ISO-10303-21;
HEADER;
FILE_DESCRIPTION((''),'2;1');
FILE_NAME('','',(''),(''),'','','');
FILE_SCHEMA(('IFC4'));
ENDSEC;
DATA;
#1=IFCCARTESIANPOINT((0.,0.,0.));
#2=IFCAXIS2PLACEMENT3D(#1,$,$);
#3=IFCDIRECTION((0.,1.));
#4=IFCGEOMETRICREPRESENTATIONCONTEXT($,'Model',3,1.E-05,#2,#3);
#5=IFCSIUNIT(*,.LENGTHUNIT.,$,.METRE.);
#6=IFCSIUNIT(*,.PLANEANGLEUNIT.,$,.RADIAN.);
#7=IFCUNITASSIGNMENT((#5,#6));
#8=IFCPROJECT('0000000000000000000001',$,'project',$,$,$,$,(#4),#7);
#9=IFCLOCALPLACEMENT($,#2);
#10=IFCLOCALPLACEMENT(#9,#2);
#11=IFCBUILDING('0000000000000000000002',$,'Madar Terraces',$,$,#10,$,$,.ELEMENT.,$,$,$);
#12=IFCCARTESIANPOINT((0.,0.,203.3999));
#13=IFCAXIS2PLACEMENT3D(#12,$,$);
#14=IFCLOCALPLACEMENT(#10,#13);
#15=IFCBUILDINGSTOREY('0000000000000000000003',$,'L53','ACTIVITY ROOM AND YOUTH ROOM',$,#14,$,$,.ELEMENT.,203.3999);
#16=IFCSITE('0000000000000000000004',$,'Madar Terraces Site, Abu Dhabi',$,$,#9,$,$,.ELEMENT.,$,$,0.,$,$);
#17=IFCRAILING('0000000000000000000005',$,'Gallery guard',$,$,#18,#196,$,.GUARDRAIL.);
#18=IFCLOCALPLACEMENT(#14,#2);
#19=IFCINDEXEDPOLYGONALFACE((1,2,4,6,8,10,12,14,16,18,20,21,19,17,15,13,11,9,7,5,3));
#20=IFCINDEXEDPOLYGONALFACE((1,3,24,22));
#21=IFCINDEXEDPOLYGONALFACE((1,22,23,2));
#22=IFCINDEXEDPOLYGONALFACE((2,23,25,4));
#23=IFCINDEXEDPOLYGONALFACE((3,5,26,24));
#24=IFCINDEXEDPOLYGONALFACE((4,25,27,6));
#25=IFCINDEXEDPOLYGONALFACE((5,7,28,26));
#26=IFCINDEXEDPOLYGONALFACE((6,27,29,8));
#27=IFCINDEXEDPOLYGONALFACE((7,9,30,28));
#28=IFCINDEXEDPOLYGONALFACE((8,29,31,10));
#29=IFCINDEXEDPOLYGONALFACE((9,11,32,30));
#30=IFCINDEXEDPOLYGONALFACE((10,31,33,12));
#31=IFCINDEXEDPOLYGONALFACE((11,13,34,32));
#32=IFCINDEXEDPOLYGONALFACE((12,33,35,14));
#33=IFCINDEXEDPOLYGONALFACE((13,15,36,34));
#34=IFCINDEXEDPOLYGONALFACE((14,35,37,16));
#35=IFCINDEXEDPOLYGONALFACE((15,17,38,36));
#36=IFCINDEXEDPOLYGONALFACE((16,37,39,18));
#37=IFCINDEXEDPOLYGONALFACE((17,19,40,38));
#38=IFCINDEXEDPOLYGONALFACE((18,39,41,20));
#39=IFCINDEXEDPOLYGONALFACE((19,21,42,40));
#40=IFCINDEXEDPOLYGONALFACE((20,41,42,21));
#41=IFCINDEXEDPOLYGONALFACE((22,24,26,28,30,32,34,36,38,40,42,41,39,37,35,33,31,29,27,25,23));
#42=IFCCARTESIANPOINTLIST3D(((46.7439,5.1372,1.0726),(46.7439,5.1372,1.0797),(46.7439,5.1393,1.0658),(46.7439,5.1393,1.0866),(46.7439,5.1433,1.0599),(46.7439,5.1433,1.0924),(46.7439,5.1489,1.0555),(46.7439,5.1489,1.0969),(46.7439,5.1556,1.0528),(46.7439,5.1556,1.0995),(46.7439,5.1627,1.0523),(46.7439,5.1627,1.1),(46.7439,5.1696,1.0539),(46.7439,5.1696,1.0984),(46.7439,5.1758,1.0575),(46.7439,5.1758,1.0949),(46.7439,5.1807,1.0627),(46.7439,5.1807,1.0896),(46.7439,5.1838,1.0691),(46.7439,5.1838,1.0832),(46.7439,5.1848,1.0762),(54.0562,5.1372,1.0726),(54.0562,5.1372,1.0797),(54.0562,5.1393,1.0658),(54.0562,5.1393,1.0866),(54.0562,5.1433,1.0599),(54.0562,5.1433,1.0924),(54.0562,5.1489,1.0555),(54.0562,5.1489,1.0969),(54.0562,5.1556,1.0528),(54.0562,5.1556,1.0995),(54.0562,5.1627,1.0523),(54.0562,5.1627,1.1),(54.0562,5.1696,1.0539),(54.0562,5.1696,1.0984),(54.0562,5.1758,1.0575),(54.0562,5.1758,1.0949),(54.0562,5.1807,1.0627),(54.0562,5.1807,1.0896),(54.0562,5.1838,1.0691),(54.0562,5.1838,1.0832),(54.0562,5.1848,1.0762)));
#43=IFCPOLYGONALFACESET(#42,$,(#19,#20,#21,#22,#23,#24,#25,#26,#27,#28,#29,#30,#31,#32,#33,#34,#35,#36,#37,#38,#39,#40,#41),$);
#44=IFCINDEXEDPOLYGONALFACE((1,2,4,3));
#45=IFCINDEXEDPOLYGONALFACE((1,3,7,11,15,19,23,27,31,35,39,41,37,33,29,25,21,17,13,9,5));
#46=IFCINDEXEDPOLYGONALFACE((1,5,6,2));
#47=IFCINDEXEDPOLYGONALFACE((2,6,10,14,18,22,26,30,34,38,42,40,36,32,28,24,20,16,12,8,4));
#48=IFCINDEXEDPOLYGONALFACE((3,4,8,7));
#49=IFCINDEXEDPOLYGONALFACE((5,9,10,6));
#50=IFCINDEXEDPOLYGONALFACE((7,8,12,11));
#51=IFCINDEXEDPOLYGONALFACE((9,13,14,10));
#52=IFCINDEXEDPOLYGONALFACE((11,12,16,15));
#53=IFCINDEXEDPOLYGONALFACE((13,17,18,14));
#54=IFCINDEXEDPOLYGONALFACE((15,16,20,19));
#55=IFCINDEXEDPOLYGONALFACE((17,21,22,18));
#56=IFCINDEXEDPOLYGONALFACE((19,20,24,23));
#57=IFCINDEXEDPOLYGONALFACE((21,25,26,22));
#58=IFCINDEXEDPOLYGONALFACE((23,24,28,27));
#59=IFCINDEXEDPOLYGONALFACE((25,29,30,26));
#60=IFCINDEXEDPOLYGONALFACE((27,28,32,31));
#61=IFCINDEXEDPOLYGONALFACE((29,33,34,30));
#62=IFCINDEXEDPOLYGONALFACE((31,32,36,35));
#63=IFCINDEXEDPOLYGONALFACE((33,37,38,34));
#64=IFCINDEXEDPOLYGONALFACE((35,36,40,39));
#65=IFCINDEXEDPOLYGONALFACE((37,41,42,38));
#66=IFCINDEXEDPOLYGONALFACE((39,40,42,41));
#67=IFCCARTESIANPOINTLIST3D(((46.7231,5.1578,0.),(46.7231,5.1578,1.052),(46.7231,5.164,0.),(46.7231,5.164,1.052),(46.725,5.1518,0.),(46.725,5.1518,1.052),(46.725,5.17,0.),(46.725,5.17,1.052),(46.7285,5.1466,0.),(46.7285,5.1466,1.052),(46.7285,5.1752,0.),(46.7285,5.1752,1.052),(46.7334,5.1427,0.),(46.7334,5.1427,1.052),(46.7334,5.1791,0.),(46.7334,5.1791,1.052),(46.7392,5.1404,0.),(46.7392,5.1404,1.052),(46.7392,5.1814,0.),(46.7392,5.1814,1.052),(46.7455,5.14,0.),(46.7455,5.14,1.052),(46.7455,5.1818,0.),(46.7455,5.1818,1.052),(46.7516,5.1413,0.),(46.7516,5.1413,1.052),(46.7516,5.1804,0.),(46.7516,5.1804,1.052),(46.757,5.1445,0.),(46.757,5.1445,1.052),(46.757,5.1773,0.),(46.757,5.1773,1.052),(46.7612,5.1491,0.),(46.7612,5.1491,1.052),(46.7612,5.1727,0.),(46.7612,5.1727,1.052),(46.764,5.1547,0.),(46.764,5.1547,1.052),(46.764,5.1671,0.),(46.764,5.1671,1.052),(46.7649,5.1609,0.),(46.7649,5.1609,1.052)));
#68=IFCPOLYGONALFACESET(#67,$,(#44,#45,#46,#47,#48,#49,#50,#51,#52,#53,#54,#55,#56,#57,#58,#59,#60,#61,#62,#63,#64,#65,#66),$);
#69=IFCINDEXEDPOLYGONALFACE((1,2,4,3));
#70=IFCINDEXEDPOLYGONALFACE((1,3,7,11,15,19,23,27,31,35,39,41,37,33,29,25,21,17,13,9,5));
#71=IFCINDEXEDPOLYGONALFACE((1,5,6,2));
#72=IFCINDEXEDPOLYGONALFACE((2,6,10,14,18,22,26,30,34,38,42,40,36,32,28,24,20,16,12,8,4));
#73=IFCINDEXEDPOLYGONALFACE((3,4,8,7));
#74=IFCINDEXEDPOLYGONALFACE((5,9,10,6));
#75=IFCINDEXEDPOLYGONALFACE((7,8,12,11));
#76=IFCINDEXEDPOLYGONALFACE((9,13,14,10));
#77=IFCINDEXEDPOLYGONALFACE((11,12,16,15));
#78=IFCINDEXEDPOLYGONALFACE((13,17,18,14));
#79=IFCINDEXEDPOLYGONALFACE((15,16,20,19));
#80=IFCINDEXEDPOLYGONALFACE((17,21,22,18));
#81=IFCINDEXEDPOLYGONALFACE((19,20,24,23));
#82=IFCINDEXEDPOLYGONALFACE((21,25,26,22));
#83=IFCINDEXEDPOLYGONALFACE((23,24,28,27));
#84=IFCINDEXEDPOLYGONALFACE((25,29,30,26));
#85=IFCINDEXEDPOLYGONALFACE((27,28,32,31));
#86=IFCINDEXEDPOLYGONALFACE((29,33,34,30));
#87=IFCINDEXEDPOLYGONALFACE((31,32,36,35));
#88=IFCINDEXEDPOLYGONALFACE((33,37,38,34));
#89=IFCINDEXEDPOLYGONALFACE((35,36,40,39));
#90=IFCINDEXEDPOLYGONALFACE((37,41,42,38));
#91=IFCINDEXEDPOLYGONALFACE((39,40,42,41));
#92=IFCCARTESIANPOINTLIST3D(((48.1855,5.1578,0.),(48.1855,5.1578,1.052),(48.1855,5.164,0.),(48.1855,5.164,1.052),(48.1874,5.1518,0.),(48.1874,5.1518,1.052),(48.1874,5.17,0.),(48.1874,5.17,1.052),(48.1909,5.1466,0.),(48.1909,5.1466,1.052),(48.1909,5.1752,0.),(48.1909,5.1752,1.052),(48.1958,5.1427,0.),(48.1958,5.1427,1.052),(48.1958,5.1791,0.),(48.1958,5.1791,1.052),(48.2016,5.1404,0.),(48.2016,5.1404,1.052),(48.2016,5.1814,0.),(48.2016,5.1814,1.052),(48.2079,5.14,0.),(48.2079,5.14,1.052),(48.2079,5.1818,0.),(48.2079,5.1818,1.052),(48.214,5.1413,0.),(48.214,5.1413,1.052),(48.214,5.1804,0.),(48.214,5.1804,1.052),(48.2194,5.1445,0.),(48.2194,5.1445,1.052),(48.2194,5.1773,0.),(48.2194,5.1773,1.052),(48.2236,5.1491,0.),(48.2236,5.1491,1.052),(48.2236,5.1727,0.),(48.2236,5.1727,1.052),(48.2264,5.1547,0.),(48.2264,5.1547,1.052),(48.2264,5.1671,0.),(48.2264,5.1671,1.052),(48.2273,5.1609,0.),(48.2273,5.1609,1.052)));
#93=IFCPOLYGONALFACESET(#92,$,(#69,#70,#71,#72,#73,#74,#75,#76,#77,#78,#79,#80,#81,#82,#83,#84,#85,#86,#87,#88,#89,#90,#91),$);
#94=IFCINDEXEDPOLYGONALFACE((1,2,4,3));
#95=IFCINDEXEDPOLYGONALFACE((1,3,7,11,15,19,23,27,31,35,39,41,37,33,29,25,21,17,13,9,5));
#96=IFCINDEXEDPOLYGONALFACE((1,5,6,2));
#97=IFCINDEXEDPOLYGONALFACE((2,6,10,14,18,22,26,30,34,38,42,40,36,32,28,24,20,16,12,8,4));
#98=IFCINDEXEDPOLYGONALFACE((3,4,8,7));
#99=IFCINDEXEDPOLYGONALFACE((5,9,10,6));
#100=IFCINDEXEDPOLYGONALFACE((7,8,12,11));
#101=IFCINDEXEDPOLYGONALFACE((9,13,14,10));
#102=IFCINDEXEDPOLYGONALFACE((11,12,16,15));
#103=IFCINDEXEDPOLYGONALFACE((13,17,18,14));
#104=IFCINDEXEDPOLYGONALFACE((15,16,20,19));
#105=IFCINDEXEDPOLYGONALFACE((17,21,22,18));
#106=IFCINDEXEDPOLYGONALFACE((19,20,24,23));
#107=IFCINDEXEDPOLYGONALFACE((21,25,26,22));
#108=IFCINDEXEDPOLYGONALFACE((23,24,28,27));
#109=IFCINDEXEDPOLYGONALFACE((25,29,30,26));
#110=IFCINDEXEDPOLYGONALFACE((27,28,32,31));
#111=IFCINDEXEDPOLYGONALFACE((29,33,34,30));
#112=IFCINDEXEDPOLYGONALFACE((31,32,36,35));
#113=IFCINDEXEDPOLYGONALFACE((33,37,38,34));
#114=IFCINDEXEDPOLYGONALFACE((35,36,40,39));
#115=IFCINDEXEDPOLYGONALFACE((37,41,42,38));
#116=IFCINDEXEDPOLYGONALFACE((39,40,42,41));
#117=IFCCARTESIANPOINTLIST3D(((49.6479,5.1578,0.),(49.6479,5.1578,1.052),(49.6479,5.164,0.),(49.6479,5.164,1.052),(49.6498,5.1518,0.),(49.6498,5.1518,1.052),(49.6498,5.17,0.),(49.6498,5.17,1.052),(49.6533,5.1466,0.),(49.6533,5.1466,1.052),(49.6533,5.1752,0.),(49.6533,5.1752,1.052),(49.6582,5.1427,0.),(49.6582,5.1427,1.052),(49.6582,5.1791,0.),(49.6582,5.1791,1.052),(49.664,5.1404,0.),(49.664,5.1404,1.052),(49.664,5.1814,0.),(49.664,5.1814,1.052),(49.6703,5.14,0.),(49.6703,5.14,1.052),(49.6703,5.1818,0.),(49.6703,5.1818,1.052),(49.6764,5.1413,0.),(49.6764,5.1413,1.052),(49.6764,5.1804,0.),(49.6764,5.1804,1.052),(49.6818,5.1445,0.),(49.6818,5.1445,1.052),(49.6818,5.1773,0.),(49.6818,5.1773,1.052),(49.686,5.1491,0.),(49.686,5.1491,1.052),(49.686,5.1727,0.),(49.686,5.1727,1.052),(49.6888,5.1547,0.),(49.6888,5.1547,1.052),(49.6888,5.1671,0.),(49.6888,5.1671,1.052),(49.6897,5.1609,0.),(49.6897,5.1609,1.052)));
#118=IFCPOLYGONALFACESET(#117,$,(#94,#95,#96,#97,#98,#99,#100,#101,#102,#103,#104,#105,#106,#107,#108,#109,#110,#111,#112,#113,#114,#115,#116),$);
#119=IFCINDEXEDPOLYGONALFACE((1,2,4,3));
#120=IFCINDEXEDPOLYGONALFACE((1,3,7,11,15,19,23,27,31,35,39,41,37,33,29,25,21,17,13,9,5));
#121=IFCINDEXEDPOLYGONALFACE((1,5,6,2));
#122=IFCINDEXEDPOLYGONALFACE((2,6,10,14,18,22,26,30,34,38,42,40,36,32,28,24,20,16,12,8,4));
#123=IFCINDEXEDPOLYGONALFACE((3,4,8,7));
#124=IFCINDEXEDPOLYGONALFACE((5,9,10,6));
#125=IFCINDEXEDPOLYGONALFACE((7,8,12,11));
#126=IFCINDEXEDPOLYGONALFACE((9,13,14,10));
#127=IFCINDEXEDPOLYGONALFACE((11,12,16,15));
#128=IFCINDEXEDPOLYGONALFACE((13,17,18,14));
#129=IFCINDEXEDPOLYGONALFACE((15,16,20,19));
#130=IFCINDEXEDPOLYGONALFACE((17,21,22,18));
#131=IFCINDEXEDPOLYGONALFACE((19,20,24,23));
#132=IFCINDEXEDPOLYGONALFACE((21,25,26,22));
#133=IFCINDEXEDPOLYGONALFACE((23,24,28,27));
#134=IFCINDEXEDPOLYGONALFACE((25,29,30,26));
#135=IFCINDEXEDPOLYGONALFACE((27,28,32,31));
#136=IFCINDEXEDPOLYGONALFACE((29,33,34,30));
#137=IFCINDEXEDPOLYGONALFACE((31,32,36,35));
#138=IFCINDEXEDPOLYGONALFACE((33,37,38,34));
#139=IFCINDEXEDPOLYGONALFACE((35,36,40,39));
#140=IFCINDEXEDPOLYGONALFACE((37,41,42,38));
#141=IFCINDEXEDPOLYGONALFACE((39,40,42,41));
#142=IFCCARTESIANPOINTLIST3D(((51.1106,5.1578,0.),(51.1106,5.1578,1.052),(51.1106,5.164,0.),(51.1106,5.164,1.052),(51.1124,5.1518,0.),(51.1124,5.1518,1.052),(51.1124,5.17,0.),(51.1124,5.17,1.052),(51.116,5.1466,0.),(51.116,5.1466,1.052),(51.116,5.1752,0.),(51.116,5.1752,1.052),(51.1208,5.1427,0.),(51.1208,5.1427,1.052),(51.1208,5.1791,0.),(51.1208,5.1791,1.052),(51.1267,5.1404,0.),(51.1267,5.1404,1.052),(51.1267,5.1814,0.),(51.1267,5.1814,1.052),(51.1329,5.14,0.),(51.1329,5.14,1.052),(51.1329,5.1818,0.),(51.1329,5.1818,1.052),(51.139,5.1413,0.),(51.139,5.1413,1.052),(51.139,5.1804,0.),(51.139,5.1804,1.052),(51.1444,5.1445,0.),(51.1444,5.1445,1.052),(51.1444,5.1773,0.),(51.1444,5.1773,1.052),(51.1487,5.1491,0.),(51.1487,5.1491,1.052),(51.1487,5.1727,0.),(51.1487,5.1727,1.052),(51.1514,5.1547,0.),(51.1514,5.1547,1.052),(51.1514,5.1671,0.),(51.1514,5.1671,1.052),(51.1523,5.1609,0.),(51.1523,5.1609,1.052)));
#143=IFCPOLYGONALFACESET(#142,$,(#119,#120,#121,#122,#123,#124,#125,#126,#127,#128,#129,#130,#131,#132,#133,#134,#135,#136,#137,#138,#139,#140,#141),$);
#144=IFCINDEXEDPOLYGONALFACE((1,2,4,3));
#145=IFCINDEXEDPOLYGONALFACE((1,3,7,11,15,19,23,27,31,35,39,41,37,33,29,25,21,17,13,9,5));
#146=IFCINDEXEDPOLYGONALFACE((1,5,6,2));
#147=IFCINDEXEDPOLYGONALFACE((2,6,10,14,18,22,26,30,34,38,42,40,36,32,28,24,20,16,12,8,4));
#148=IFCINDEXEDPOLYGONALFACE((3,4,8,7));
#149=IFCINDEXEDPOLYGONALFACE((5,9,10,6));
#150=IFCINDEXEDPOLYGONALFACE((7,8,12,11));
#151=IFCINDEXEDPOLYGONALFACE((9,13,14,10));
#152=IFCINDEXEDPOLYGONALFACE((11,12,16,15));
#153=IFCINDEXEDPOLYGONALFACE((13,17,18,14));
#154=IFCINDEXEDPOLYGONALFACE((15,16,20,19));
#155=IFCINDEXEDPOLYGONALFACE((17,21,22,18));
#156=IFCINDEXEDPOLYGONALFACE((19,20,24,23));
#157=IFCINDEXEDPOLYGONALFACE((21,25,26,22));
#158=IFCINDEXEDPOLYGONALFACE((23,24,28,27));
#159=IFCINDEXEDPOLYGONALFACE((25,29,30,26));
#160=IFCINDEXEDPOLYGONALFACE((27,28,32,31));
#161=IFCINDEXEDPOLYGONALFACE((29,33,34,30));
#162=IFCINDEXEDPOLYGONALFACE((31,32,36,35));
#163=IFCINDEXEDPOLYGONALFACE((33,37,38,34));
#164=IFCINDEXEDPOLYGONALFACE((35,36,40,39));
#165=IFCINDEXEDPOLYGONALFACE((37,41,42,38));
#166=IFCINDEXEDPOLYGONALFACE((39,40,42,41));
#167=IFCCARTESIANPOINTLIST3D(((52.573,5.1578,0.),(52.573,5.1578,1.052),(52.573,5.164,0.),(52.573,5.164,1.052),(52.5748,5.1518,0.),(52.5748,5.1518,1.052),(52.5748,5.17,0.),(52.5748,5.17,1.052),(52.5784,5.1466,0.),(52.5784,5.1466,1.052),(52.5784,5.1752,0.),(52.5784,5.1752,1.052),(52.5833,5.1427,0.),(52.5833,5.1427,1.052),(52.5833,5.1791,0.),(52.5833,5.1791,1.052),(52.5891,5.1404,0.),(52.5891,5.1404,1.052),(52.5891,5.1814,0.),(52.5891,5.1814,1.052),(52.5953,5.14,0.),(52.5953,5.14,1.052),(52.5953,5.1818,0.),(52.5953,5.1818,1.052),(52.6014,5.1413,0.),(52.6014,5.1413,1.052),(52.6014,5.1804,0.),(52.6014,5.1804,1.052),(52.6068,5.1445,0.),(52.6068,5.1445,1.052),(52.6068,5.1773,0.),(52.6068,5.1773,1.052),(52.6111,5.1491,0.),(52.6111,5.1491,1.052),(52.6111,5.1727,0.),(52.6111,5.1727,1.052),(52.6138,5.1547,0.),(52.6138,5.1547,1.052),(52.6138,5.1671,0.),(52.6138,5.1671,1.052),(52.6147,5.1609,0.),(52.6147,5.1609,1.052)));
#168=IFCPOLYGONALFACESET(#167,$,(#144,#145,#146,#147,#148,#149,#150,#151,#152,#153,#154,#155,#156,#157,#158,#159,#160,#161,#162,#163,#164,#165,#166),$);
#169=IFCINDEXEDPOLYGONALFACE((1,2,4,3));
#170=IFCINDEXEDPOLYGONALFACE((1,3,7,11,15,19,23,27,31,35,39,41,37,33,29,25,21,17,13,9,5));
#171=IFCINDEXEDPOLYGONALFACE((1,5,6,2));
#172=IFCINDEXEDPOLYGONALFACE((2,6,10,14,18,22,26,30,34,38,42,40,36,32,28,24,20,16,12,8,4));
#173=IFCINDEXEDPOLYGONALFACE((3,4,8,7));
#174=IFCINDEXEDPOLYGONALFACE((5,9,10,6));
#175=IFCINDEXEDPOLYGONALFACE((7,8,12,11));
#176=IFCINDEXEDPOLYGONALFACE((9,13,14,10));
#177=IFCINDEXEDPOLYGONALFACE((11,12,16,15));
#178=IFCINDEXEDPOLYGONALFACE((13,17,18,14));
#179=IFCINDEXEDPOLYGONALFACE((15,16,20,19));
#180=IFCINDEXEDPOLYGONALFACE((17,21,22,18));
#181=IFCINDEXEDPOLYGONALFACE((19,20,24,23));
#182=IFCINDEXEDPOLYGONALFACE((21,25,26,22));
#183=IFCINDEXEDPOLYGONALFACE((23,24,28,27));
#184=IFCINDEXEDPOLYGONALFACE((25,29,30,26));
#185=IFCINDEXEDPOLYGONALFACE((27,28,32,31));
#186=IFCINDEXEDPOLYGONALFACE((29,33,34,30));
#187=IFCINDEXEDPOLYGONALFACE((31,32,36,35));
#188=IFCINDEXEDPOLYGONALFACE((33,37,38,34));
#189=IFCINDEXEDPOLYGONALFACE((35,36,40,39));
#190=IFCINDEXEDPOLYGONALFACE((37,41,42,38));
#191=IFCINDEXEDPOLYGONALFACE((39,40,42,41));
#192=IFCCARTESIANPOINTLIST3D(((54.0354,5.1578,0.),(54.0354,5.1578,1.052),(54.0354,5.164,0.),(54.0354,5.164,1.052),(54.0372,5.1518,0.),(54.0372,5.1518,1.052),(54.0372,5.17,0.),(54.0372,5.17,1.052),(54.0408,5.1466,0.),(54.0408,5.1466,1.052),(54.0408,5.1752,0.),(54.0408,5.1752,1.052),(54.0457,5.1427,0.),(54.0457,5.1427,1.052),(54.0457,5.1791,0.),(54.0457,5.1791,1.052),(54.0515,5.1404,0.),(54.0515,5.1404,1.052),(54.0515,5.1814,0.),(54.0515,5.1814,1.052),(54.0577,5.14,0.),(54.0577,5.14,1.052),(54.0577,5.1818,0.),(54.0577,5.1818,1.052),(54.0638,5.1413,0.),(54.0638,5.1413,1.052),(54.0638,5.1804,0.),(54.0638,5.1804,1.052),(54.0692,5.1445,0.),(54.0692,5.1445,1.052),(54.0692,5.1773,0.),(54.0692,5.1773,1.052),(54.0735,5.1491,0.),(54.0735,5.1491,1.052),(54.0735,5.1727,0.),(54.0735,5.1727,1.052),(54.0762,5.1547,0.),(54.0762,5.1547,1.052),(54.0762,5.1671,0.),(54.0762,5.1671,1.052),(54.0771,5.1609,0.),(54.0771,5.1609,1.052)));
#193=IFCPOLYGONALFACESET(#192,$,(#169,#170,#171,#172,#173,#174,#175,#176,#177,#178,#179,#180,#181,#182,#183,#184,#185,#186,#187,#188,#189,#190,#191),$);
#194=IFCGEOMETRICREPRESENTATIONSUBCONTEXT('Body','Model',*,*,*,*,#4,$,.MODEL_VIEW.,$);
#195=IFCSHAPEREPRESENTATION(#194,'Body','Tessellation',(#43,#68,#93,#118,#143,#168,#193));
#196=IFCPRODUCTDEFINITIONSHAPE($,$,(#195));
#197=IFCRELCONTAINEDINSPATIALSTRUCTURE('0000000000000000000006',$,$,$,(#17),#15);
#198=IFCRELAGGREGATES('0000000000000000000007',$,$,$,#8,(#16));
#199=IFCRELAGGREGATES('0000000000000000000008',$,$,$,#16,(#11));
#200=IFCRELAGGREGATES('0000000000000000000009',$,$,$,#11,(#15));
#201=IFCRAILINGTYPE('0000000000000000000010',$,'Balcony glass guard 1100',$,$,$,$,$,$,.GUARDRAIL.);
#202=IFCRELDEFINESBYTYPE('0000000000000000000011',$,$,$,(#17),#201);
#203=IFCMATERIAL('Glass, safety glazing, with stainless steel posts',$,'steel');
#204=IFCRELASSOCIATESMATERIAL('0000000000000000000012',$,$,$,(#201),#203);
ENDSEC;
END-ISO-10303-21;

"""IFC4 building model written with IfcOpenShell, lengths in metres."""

from ifc_helpers import new_model, si_unit, direction, frame, origin, origin_2d, place, context, subcontext, project, spatial, circle, extrude, material, type_object, element, save


model = new_model("IFC4")

# Units and contexts
model_context = context("Model", 3, precision=1e-05, world=origin(), true_north=direction((0.0, 1.0)))
body_context = subcontext(model_context, "Body", "Model", "MODEL_VIEW")
ifc_project = project(units=[si_unit("LENGTHUNIT", "METRE"), si_unit("PLANEANGLEUNIT", "RADIAN")], contexts=[model_context])

# Site, building, storey
site_placement = place(None, origin())
site = spatial("IfcSite", under=ifc_project, at=site_placement, Name="Madar Terraces Site, Abu Dhabi", CompositionType="ELEMENT", RefElevation=0.0)
building_placement = place(site_placement, origin())
building = spatial("IfcBuilding", under=site, at=building_placement, Name="Madar Terraces", CompositionType="ELEMENT")
storey_placement = place(building_placement, frame((0.0, 0.0, 203.3999)))
storey = spatial("IfcBuildingStorey", under=building, at=storey_placement, Name="L53", Description="ACTIVITY ROOM AND YOUTH ROOM", CompositionType="ELEMENT", Elevation=203.3999)

# Railing
ifc_material_1 = material(Name="Glass, safety glazing, with stainless steel posts", Category="steel")
railing_type = type_object("IfcRailingType", Name="Balcony glass guard 1100", PredefinedType="GUARDRAIL", material=ifc_material_1)
railing_1_placement = place(storey_placement, frame((46.7439, 5.1609, 0.0)))
element("IfcRailing", 1, at=railing_1_placement, inside=storey, type_object=railing_type, Name="Gallery guard", PredefinedType="GUARDRAIL", context=body_context, shape_type="SweptSolid", body=[
    extrude(circle(Radius=0.0239, at=origin_2d()), frame((0.0, 0.0, 1.0762), z_axis=(1.0, 0.0, 0.0), x_axis=(0.0, 1.0, 0.0)), (0.0, 0.0, 1.0), 7.3123),
    extrude(circle(Radius=0.021, at=origin_2d()), origin(), (0.0, 0.0, 1.0), 1.052),
    extrude(circle(Radius=0.021, at=origin_2d()), frame((1.4624, 0.0, 0.0)), (0.0, 0.0, 1.0), 1.052),
    extrude(circle(Radius=0.021, at=origin_2d()), frame((2.9248, 0.0, 0.0)), (0.0, 0.0, 1.0), 1.052),
    extrude(circle(Radius=0.021, at=origin_2d()), frame((4.3875, 0.0, 0.0)), (0.0, 0.0, 1.0), 1.052),
    extrude(circle(Radius=0.021, at=origin_2d()), frame((5.8499, 0.0, 0.0)), (0.0, 0.0, 1.0), 1.052),
    extrude(circle(Radius=0.021, at=origin_2d()), frame((7.3123, 0.0, 0.0)), (0.0, 0.0, 1.0), 1.052),
])

save(model, "model.ifc")
